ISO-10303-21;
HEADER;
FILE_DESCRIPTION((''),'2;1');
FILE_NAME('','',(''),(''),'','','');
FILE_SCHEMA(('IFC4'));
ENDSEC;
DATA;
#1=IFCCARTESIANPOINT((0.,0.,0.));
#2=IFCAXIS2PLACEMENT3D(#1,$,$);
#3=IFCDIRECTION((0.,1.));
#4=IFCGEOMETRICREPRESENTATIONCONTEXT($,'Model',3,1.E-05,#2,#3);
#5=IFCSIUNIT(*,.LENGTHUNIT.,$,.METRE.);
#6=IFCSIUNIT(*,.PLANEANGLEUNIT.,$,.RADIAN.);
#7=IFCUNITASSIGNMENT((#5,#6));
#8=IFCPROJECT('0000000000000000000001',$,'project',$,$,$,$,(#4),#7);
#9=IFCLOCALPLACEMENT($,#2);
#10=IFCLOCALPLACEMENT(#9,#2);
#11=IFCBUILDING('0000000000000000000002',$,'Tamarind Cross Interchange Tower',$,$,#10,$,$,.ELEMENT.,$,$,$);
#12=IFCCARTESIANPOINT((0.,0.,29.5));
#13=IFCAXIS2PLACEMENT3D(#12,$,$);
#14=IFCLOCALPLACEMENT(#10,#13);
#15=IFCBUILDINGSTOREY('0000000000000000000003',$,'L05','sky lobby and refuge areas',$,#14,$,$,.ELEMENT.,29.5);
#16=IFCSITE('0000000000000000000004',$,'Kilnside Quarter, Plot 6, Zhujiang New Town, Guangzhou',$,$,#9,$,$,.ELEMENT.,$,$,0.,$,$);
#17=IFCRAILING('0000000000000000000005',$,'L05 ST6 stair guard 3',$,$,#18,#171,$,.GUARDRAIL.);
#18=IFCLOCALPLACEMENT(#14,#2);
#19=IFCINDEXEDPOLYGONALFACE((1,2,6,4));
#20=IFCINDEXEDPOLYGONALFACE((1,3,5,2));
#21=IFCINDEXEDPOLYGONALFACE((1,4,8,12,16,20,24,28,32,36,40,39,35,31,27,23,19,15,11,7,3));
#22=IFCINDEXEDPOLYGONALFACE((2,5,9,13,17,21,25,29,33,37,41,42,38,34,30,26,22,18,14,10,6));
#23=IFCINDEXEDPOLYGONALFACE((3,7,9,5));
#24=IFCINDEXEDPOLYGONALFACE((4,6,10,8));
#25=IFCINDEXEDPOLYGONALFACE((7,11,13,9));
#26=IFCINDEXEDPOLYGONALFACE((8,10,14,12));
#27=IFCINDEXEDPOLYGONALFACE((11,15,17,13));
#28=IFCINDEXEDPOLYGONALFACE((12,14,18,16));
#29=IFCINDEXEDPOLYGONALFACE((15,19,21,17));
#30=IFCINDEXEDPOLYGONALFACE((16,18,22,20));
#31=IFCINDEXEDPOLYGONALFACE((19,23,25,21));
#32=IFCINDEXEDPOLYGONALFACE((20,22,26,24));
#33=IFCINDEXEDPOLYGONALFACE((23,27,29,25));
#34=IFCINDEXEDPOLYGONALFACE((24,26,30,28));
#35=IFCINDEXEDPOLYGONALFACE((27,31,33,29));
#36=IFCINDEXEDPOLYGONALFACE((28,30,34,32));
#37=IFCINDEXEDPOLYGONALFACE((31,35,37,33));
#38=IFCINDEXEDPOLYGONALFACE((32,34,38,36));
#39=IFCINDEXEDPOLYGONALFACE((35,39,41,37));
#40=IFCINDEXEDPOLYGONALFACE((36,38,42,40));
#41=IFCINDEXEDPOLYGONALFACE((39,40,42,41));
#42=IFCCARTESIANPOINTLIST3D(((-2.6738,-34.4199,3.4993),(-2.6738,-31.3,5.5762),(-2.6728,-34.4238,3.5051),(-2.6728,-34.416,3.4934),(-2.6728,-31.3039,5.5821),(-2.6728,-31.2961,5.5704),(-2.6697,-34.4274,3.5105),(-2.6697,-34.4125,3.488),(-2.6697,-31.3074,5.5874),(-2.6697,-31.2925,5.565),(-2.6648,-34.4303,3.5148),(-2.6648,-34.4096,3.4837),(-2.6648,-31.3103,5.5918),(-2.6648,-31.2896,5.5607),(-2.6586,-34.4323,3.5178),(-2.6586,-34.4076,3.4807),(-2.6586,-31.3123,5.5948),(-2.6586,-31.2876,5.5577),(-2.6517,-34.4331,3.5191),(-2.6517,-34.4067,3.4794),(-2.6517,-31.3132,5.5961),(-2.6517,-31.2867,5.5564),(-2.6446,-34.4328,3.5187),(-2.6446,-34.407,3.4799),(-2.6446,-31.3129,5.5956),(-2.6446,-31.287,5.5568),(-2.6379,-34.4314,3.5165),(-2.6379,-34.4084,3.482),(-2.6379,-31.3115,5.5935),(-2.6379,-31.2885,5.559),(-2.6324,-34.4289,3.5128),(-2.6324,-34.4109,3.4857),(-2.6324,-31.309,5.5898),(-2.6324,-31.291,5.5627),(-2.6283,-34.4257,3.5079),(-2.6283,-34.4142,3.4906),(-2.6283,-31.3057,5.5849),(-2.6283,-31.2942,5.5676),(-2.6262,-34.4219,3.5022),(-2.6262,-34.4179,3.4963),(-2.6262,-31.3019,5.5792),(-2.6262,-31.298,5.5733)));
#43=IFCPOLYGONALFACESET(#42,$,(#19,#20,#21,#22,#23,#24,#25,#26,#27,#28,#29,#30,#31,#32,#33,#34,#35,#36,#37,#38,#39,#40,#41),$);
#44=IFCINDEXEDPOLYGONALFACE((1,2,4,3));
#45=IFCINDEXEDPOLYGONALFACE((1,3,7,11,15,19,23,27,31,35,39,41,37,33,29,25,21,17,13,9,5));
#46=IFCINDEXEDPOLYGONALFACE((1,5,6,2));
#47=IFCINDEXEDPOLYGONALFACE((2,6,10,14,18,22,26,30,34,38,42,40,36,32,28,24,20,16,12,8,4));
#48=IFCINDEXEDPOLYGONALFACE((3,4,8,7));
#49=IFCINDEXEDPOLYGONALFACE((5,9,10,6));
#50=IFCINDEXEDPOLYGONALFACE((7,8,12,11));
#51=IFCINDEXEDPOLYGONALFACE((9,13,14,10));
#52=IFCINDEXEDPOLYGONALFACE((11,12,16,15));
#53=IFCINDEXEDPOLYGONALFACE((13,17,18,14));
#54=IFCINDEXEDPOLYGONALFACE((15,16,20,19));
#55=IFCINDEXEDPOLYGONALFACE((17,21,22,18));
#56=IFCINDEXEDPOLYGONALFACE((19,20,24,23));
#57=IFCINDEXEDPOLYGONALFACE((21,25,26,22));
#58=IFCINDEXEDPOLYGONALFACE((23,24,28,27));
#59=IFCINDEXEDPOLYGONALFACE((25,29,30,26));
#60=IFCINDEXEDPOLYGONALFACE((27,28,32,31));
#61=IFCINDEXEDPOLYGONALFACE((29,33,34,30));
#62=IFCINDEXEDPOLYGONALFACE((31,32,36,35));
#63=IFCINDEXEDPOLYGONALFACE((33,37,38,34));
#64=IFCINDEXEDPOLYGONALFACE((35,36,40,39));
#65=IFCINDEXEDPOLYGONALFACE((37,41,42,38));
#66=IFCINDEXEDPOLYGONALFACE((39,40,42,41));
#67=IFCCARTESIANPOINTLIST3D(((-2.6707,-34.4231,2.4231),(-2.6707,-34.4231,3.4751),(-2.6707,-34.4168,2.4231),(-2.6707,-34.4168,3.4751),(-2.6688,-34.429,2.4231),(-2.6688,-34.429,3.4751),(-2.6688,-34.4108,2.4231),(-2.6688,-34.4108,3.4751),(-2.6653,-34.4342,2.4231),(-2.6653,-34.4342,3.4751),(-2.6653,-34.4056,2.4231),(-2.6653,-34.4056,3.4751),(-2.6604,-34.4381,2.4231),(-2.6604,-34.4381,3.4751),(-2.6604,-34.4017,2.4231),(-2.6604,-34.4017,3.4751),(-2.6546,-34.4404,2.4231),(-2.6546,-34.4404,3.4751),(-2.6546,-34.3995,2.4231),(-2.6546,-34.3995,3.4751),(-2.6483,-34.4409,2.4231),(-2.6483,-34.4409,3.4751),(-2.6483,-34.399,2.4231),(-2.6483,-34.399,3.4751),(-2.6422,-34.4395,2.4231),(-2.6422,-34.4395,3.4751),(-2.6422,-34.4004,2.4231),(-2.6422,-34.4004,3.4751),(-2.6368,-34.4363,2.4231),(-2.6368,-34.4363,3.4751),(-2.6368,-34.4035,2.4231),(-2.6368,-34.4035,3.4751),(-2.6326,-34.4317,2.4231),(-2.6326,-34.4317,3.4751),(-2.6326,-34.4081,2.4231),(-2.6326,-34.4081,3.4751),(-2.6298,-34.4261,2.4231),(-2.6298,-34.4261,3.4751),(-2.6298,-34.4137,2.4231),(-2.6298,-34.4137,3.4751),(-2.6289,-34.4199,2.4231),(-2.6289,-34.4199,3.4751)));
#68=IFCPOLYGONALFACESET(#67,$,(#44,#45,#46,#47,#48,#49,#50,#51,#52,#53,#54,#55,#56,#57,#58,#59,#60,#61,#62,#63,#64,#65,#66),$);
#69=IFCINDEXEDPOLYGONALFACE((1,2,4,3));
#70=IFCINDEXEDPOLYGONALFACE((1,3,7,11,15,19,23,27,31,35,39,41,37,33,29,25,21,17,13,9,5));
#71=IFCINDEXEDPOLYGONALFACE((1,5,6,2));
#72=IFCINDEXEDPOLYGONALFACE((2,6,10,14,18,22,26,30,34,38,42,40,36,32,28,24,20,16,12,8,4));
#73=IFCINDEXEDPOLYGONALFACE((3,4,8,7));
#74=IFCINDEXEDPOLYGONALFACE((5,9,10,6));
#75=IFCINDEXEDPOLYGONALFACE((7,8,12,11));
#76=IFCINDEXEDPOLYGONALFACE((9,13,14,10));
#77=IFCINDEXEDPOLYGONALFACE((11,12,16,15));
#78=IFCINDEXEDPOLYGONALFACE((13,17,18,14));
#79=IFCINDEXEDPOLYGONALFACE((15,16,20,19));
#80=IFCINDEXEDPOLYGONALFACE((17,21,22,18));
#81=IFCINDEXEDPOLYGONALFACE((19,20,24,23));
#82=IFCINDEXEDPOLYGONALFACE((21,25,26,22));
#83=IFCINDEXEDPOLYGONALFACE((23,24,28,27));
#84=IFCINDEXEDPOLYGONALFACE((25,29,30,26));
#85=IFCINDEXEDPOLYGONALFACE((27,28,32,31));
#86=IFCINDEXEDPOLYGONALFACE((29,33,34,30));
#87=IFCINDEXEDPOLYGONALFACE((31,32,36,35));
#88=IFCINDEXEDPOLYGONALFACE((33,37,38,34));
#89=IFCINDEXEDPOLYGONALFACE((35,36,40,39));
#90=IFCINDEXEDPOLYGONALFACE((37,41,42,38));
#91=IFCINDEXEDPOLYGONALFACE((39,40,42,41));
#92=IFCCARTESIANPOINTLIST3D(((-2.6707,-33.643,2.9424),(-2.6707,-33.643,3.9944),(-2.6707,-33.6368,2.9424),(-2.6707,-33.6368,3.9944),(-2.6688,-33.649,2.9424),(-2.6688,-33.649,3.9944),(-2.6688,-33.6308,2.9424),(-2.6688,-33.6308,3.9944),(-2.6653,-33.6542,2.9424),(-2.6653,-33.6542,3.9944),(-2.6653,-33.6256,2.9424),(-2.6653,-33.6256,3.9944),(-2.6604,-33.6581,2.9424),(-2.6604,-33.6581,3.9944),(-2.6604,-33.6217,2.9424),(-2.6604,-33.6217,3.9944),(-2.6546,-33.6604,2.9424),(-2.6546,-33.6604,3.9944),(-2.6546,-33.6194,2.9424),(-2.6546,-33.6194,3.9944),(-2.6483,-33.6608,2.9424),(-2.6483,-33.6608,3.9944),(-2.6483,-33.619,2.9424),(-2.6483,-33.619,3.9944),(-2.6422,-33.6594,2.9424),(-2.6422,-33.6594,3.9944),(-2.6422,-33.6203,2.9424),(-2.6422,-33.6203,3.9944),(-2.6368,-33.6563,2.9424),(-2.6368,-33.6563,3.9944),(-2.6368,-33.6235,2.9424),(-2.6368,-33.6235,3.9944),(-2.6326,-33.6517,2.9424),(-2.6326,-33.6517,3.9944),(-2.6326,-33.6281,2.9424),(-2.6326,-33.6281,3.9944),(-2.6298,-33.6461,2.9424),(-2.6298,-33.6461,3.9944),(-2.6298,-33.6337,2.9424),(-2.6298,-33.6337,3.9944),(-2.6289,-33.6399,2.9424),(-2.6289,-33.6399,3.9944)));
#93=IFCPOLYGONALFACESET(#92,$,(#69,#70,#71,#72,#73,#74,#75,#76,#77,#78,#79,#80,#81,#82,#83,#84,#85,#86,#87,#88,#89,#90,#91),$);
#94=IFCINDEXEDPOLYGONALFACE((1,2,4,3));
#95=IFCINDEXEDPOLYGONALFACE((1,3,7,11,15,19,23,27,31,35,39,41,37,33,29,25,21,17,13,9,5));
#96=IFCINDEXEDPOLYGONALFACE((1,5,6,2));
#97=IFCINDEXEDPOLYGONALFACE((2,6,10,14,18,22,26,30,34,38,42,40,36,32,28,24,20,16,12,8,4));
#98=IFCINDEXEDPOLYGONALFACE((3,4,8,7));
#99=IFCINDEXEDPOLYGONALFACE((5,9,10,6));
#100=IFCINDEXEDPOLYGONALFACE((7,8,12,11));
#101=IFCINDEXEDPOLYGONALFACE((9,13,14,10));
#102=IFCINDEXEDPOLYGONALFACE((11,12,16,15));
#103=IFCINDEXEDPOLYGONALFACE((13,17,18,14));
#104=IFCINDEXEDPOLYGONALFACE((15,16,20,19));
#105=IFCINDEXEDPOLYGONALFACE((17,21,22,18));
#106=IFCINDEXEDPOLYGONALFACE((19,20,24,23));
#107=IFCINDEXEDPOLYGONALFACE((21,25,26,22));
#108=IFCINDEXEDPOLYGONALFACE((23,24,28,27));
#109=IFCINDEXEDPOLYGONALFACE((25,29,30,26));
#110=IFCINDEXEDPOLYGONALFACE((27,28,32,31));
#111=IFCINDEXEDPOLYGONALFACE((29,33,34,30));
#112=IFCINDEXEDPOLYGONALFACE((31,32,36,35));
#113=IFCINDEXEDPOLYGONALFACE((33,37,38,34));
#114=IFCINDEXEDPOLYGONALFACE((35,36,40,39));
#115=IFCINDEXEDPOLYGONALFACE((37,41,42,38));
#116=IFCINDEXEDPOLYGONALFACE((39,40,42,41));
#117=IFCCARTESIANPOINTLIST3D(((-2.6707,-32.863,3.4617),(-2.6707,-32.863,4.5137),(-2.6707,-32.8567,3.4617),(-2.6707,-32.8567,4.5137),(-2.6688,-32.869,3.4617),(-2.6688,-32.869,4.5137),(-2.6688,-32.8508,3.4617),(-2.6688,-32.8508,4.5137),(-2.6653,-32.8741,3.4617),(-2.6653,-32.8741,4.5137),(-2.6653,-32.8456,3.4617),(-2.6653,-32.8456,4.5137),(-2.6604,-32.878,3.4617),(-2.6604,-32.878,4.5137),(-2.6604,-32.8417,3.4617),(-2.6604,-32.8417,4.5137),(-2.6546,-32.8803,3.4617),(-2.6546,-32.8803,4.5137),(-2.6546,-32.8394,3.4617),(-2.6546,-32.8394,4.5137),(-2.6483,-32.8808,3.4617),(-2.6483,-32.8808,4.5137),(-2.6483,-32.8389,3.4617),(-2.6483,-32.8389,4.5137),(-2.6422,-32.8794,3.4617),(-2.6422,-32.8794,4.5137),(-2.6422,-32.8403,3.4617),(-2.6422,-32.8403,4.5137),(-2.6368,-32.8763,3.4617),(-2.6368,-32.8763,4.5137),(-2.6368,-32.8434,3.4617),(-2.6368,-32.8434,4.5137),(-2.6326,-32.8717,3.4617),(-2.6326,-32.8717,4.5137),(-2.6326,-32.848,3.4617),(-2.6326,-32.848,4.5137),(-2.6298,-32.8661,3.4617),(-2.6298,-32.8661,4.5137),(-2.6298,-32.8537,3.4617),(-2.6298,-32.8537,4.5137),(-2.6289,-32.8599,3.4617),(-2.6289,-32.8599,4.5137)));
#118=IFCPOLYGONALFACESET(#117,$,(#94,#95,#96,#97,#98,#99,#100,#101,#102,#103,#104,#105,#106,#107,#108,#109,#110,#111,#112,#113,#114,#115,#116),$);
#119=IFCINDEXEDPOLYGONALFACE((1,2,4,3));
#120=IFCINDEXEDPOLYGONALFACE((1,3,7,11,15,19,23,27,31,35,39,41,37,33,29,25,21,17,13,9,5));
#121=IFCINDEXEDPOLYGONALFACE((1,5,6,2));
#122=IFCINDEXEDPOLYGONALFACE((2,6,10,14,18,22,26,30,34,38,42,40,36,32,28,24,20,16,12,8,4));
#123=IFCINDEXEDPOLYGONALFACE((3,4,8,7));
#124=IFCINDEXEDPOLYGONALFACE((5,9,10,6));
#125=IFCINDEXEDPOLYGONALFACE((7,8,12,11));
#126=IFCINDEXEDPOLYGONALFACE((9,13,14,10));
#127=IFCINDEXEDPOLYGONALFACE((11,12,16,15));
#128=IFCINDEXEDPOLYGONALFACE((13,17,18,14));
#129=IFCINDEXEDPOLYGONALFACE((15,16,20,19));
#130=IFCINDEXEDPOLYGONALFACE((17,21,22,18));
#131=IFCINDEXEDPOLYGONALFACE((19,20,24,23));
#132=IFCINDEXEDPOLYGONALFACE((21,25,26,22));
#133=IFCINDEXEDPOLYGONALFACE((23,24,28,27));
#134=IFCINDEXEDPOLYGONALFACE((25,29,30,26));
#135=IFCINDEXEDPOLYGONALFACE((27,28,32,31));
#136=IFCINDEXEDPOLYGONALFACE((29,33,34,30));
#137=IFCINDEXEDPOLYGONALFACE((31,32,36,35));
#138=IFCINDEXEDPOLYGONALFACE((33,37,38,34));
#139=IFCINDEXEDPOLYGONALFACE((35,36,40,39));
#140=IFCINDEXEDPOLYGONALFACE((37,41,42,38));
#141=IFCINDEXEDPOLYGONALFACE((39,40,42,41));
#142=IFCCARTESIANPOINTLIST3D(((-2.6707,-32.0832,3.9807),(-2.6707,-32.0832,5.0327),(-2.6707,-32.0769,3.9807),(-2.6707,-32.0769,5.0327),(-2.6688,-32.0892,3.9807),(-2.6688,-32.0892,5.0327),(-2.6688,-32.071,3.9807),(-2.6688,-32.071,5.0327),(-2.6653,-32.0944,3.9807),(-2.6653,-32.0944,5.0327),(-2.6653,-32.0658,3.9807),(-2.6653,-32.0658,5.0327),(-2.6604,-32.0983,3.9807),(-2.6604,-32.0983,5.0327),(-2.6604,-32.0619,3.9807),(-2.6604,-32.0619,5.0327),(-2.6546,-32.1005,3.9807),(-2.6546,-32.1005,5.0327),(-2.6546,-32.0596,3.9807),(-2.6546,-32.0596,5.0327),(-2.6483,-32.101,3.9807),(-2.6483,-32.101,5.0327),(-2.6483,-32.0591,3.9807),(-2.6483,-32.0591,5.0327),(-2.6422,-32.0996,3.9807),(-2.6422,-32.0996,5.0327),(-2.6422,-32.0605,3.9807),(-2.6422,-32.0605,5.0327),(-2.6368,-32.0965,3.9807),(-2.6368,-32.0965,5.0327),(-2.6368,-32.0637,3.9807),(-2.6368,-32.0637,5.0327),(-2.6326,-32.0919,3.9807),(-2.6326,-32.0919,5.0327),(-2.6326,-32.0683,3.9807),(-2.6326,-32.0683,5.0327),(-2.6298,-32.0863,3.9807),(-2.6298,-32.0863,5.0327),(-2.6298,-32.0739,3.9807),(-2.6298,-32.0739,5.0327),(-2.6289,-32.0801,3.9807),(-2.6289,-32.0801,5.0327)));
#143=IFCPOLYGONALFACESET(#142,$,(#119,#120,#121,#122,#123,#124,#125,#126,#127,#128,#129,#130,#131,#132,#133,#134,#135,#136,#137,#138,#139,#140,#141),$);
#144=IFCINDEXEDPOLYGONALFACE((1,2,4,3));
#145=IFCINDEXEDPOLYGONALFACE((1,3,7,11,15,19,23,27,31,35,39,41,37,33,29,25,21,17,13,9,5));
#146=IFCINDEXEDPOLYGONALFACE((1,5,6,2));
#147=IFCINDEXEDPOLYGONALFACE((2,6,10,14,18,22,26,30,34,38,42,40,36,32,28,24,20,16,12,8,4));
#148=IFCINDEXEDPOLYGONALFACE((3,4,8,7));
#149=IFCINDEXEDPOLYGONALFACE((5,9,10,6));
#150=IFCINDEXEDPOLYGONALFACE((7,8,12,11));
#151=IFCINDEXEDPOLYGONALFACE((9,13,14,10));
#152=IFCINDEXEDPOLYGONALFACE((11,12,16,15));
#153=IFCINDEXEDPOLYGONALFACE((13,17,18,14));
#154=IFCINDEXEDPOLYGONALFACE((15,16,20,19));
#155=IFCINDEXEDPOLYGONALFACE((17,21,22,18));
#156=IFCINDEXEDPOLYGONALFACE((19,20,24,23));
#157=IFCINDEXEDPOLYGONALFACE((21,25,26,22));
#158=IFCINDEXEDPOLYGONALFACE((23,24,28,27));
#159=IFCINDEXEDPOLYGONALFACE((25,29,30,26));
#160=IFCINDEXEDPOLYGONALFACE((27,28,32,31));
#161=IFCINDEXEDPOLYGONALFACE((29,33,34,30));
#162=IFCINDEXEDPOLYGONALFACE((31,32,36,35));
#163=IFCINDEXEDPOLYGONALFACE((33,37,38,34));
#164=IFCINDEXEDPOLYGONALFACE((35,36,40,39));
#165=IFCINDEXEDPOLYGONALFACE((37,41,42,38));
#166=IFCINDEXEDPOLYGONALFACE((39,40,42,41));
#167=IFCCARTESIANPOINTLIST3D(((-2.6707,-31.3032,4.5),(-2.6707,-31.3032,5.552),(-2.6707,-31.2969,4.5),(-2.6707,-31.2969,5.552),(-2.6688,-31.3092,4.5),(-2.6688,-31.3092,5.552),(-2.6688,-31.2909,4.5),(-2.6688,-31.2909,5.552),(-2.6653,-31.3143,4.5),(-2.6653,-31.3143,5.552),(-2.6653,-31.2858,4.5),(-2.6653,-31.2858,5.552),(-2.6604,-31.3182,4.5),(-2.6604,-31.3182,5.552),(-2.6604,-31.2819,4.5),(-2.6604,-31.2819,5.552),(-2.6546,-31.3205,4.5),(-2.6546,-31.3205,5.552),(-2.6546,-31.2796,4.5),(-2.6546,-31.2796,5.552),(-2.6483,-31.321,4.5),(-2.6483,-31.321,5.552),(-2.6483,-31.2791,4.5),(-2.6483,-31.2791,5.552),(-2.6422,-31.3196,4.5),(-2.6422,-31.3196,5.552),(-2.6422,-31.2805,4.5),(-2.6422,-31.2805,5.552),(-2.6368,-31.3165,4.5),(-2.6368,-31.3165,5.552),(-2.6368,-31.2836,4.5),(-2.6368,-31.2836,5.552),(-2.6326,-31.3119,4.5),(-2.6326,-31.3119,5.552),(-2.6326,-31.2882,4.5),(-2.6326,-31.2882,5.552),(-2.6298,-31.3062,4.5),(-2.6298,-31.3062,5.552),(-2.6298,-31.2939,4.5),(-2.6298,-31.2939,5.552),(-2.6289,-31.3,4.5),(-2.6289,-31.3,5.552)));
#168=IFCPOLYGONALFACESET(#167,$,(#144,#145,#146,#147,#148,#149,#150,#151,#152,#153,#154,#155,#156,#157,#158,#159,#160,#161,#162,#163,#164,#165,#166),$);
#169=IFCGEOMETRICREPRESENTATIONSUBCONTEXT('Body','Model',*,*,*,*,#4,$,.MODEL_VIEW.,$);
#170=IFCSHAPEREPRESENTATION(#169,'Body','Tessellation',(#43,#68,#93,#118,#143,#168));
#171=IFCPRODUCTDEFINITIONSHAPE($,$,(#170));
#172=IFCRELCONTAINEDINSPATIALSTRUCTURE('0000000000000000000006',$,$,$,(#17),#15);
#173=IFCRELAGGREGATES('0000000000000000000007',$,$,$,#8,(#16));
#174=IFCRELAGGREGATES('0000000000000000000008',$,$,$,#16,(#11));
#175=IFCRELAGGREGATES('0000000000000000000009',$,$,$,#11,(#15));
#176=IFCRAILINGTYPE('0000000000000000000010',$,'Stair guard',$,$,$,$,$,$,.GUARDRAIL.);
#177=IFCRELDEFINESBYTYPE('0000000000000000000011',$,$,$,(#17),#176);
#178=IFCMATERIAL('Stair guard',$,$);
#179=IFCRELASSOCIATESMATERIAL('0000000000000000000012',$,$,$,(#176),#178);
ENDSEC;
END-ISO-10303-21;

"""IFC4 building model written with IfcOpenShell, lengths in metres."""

from ifc_helpers import new_model, si_unit, direction, frame, origin, origin_2d, place, context, subcontext, project, spatial, circle, extrude, material, type_object, element, save


model = new_model("IFC4")

# Units and contexts
model_context = context("Model", 3, precision=1e-05, world=origin(), true_north=direction((0.0, 1.0)))
body_context = subcontext(model_context, "Body", "Model", "MODEL_VIEW")
ifc_project = project(units=[si_unit("LENGTHUNIT", "METRE"), si_unit("PLANEANGLEUNIT", "RADIAN")], contexts=[model_context])

# Site, building, storey
site_placement = place(None, origin())
site = spatial("IfcSite", under=ifc_project, at=site_placement, Name="Kilnside Quarter, Plot 6, Zhujiang New Town, Guangzhou", CompositionType="ELEMENT", RefElevation=0.0)
building_placement = place(site_placement, origin())
building = spatial("IfcBuilding", under=site, at=building_placement, Name="Tamarind Cross Interchange Tower", CompositionType="ELEMENT")
storey_placement = place(building_placement, frame((0.0, 0.0, 29.5)))
storey = spatial("IfcBuildingStorey", under=building, at=storey_placement, Name="L05", Description="sky lobby and refuge areas", CompositionType="ELEMENT", Elevation=29.5)

# Railing
ifc_material_1 = material(Name="Stair guard")
railing_type_1 = type_object("IfcRailingType", Name="Stair guard", PredefinedType="GUARDRAIL", material=ifc_material_1)
railing_1_placement = place(storey_placement, frame((-2.6499, -34.4199, 2.4231)))
element("IfcRailing", 1, at=railing_1_placement, inside=storey, type_object=railing_type_1, Name="L05 ST6 stair guard 3", PredefinedType="GUARDRAIL", context=body_context, shape_type="SweptSolid", body=[
    extrude(circle(Radius=0.0239, at=origin_2d()), frame((0.0, 0.0, 1.0762), z_axis=(0.0, 0.832421, 0.554144), x_axis=(-1.0, 0.0, 0.0)), (0.0, 0.0, 1.0), 3.748),
    extrude(circle(Radius=0.021, at=origin_2d()), origin(), (0.0, 0.0, 1.0), 1.052),
    extrude(circle(Radius=0.021, at=origin_2d()), frame((0.0, 0.78, 0.5193)), (0.0, 0.0, 1.0), 1.052),
    extrude(circle(Radius=0.021, at=origin_2d()), frame((0.0, 1.5601, 1.0386)), (0.0, 0.0, 1.0), 1.052),
    extrude(circle(Radius=0.021, at=origin_2d()), frame((0.0, 2.3398, 1.5576)), (0.0, 0.0, 1.0), 1.052),
    extrude(circle(Radius=0.021, at=origin_2d()), frame((0.0, 3.1199, 2.0769)), (0.0, 0.0, 1.0), 1.052),
])

save(model, "model.ifc")
